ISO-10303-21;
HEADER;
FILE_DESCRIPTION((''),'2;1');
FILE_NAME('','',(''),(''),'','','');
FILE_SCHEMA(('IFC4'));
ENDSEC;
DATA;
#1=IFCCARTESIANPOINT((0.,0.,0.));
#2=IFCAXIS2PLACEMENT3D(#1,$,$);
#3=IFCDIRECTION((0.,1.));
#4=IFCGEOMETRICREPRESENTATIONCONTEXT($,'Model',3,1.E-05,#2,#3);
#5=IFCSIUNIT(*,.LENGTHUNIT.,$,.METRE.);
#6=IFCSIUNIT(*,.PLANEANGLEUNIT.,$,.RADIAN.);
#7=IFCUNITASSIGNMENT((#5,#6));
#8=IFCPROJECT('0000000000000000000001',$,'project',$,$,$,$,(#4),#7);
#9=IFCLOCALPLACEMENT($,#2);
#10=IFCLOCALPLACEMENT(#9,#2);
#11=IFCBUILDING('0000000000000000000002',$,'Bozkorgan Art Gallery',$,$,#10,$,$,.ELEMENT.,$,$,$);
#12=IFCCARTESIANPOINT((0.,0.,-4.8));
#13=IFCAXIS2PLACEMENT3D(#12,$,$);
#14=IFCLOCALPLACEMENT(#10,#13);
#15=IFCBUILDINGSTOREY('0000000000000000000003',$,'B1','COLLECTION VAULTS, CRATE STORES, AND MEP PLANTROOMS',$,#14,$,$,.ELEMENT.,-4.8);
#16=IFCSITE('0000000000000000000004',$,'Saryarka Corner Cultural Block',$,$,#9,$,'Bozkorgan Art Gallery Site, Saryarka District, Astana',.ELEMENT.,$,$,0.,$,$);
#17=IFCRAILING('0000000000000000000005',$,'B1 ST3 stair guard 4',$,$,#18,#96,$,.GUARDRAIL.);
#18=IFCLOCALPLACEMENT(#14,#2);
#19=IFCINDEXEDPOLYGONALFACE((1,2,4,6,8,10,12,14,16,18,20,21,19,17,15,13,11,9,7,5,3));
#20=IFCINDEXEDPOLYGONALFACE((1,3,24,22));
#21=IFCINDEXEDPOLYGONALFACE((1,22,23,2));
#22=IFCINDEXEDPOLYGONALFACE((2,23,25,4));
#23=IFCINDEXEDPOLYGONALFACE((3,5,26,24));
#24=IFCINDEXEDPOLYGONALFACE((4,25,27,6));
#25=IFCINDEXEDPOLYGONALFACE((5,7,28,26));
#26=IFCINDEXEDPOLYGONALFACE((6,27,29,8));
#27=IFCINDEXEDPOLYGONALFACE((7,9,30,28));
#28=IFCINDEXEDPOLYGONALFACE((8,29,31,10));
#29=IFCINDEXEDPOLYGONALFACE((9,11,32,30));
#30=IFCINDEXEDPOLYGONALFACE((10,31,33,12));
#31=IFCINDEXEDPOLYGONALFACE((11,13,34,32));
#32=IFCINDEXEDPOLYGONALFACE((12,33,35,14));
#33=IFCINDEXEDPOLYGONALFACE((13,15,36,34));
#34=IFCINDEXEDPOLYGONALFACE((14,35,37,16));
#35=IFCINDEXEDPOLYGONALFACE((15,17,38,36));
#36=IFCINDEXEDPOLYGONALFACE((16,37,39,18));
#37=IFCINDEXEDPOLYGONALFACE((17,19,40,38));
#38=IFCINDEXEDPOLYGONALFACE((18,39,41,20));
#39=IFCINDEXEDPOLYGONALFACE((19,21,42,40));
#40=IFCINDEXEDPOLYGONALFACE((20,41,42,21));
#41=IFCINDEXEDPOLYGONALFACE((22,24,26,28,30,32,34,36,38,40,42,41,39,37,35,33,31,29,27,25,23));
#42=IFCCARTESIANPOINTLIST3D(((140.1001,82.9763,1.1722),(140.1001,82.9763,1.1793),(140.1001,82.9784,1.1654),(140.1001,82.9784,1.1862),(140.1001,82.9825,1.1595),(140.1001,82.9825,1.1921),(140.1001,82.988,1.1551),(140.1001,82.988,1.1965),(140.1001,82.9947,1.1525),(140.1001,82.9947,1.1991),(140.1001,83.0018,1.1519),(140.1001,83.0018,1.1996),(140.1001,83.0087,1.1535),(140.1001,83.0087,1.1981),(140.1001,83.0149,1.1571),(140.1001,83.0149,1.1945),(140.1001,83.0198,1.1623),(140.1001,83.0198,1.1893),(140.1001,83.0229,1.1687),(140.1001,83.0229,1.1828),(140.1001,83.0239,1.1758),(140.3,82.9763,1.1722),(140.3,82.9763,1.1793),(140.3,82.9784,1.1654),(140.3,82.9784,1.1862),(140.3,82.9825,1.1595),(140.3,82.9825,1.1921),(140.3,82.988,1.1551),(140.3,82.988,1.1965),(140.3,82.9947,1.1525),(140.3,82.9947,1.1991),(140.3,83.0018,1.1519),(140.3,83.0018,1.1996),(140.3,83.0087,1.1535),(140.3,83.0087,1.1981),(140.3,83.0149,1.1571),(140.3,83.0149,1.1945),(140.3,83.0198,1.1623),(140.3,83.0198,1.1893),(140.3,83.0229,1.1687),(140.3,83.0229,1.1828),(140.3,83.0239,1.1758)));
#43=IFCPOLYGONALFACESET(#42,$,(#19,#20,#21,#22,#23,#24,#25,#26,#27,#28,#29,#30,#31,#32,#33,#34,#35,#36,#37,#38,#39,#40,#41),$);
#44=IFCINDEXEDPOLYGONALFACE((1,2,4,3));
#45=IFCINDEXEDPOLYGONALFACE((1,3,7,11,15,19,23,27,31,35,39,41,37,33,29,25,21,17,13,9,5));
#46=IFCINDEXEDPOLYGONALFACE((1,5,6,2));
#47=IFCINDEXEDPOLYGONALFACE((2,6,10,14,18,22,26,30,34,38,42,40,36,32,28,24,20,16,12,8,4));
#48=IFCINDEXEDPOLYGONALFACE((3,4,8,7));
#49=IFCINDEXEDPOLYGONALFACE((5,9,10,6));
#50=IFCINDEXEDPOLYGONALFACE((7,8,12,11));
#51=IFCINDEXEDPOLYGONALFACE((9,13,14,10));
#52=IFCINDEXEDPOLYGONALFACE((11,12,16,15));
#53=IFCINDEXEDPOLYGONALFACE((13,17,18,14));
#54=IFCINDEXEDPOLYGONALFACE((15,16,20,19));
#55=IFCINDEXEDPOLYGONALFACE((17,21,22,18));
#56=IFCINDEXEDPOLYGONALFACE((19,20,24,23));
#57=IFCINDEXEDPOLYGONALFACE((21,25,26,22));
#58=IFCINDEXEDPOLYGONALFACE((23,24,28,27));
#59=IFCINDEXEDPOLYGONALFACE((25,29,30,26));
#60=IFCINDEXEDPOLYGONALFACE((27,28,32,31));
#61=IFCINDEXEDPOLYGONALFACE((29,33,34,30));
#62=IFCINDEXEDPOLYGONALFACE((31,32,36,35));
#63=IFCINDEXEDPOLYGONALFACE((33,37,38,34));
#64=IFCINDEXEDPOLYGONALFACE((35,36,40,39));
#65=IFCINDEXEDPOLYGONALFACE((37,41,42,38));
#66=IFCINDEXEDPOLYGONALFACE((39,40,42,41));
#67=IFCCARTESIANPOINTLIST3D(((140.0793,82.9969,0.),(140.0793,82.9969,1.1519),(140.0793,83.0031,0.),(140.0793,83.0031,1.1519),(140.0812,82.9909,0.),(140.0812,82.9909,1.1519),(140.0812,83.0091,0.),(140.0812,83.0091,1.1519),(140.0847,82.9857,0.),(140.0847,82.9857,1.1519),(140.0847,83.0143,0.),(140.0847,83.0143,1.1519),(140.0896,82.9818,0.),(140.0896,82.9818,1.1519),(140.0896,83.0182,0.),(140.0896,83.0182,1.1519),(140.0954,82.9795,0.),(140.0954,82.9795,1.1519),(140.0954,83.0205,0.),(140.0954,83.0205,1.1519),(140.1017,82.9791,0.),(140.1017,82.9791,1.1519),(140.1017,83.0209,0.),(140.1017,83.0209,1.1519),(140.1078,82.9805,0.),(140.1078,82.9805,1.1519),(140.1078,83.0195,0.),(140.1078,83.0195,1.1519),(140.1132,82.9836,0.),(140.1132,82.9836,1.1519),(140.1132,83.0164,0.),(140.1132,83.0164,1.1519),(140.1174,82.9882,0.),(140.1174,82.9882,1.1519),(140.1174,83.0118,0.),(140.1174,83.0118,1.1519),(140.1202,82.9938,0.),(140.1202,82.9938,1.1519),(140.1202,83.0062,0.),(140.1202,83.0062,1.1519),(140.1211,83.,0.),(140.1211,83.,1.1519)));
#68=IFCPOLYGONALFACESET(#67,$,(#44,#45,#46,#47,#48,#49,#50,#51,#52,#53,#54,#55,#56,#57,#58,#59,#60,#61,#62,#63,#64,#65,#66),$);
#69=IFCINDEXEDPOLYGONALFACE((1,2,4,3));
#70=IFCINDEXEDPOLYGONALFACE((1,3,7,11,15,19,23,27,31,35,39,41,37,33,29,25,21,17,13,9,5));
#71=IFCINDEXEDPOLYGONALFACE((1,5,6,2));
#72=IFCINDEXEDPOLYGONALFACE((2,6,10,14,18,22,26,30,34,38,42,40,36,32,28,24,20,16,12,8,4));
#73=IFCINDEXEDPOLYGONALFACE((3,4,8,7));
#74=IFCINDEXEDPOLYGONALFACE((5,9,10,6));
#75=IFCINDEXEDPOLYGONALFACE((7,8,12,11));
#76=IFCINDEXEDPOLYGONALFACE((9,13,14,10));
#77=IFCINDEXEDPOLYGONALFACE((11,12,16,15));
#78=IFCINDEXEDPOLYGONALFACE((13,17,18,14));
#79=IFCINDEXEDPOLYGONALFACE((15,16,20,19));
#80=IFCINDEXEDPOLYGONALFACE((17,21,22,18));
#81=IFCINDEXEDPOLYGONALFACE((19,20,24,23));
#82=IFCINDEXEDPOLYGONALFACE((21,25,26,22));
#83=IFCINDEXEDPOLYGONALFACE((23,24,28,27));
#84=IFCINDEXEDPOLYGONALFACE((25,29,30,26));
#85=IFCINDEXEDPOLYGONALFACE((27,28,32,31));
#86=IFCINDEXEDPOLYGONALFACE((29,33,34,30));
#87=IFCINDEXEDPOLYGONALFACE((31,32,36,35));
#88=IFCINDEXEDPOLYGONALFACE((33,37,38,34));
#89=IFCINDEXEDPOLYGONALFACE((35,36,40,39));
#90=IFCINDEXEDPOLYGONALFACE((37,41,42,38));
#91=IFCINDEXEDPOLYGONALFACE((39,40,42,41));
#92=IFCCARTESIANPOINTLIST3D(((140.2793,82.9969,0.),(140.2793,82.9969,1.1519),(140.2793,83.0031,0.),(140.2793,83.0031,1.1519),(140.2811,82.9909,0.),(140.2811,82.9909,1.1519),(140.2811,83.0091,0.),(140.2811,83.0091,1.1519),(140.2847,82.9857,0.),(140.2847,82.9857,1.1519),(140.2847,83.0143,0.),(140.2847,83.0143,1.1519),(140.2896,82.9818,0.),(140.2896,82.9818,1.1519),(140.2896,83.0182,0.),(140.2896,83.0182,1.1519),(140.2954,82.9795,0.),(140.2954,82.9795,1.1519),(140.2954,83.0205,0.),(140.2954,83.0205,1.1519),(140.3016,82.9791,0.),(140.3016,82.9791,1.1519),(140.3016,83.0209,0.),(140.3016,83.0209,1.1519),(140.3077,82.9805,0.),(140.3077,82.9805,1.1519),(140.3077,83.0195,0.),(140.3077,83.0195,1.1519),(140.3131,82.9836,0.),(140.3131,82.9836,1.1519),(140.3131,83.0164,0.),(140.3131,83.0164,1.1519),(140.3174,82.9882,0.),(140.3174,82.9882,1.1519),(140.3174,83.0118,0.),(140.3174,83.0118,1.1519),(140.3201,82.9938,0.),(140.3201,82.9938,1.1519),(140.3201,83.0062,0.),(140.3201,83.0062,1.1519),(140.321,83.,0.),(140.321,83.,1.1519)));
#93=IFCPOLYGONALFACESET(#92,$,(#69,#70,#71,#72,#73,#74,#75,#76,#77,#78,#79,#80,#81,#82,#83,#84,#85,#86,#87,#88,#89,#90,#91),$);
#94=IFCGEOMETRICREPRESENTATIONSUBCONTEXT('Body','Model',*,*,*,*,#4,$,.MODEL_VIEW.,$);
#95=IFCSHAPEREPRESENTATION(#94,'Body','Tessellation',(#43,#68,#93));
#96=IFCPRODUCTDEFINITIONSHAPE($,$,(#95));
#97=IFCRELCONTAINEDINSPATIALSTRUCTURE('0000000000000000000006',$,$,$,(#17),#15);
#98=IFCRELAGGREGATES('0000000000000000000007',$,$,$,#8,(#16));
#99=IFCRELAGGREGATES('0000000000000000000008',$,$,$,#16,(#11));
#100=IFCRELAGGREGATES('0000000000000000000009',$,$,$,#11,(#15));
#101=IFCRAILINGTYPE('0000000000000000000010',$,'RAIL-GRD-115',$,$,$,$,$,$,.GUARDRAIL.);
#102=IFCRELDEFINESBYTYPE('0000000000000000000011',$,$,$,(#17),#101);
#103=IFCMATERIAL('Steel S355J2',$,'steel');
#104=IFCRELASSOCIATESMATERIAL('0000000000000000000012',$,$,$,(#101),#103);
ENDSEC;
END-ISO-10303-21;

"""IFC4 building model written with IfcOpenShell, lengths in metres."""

from ifc_helpers import new_model, si_unit, direction, frame, origin, origin_2d, place, context, subcontext, project, spatial, circle, extrude, material, type_object, element, save


model = new_model("IFC4")

# Units and contexts
model_context = context("Model", 3, precision=1e-05, world=origin(), true_north=direction((0.0, 1.0)))
body_context = subcontext(model_context, "Body", "Model", "MODEL_VIEW")
ifc_project = project(units=[si_unit("LENGTHUNIT", "METRE"), si_unit("PLANEANGLEUNIT", "RADIAN")], contexts=[model_context])

# Site, building, storey
site_placement = place(None, origin())
site = spatial("IfcSite", under=ifc_project, at=site_placement, Name="Saryarka Corner Cultural Block", LongName="Bozkorgan Art Gallery Site, Saryarka District, Astana", CompositionType="ELEMENT", RefElevation=0.0)
building_placement = place(site_placement, origin())
building = spatial("IfcBuilding", under=site, at=building_placement, Name="Bozkorgan Art Gallery", CompositionType="ELEMENT")
storey_placement = place(building_placement, frame((0.0, 0.0, -4.8)))
storey = spatial("IfcBuildingStorey", under=building, at=storey_placement, Name="B1", Description="COLLECTION VAULTS, CRATE STORES, AND MEP PLANTROOMS", CompositionType="ELEMENT", Elevation=-4.8)

# Shared definitions
ifc_material_1 = material(Name="Steel S355J2", Category="steel")

# Railing
railing_type_1 = type_object("IfcRailingType", Name="RAIL-GRD-115", PredefinedType="GUARDRAIL", material=ifc_material_1)
railing_1_placement = place(storey_placement, frame((140.1001, 83.0, 0.0)))
element("IfcRailing", 1, at=railing_1_placement, inside=storey, type_object=railing_type_1, Name="B1 ST3 stair guard 4", PredefinedType="GUARDRAIL", context=body_context, shape_type="SweptSolid", body=[
    extrude(circle(Radius=0.0239, at=origin_2d()), frame((0.0, 0.0, 1.1758), z_axis=(1.0, 0.0, 0.0), x_axis=(0.0, 1.0, 0.0)), (0.0, 0.0, 1.0), 0.2),
    extrude(circle(Radius=0.021, at=origin_2d()), origin(), (0.0, 0.0, 1.0), 1.1519),
    extrude(circle(Radius=0.021, at=origin_2d()), frame((0.2, 0.0, 0.0)), (0.0, 0.0, 1.0), 1.1519),
])

save(model, "model.ifc")
